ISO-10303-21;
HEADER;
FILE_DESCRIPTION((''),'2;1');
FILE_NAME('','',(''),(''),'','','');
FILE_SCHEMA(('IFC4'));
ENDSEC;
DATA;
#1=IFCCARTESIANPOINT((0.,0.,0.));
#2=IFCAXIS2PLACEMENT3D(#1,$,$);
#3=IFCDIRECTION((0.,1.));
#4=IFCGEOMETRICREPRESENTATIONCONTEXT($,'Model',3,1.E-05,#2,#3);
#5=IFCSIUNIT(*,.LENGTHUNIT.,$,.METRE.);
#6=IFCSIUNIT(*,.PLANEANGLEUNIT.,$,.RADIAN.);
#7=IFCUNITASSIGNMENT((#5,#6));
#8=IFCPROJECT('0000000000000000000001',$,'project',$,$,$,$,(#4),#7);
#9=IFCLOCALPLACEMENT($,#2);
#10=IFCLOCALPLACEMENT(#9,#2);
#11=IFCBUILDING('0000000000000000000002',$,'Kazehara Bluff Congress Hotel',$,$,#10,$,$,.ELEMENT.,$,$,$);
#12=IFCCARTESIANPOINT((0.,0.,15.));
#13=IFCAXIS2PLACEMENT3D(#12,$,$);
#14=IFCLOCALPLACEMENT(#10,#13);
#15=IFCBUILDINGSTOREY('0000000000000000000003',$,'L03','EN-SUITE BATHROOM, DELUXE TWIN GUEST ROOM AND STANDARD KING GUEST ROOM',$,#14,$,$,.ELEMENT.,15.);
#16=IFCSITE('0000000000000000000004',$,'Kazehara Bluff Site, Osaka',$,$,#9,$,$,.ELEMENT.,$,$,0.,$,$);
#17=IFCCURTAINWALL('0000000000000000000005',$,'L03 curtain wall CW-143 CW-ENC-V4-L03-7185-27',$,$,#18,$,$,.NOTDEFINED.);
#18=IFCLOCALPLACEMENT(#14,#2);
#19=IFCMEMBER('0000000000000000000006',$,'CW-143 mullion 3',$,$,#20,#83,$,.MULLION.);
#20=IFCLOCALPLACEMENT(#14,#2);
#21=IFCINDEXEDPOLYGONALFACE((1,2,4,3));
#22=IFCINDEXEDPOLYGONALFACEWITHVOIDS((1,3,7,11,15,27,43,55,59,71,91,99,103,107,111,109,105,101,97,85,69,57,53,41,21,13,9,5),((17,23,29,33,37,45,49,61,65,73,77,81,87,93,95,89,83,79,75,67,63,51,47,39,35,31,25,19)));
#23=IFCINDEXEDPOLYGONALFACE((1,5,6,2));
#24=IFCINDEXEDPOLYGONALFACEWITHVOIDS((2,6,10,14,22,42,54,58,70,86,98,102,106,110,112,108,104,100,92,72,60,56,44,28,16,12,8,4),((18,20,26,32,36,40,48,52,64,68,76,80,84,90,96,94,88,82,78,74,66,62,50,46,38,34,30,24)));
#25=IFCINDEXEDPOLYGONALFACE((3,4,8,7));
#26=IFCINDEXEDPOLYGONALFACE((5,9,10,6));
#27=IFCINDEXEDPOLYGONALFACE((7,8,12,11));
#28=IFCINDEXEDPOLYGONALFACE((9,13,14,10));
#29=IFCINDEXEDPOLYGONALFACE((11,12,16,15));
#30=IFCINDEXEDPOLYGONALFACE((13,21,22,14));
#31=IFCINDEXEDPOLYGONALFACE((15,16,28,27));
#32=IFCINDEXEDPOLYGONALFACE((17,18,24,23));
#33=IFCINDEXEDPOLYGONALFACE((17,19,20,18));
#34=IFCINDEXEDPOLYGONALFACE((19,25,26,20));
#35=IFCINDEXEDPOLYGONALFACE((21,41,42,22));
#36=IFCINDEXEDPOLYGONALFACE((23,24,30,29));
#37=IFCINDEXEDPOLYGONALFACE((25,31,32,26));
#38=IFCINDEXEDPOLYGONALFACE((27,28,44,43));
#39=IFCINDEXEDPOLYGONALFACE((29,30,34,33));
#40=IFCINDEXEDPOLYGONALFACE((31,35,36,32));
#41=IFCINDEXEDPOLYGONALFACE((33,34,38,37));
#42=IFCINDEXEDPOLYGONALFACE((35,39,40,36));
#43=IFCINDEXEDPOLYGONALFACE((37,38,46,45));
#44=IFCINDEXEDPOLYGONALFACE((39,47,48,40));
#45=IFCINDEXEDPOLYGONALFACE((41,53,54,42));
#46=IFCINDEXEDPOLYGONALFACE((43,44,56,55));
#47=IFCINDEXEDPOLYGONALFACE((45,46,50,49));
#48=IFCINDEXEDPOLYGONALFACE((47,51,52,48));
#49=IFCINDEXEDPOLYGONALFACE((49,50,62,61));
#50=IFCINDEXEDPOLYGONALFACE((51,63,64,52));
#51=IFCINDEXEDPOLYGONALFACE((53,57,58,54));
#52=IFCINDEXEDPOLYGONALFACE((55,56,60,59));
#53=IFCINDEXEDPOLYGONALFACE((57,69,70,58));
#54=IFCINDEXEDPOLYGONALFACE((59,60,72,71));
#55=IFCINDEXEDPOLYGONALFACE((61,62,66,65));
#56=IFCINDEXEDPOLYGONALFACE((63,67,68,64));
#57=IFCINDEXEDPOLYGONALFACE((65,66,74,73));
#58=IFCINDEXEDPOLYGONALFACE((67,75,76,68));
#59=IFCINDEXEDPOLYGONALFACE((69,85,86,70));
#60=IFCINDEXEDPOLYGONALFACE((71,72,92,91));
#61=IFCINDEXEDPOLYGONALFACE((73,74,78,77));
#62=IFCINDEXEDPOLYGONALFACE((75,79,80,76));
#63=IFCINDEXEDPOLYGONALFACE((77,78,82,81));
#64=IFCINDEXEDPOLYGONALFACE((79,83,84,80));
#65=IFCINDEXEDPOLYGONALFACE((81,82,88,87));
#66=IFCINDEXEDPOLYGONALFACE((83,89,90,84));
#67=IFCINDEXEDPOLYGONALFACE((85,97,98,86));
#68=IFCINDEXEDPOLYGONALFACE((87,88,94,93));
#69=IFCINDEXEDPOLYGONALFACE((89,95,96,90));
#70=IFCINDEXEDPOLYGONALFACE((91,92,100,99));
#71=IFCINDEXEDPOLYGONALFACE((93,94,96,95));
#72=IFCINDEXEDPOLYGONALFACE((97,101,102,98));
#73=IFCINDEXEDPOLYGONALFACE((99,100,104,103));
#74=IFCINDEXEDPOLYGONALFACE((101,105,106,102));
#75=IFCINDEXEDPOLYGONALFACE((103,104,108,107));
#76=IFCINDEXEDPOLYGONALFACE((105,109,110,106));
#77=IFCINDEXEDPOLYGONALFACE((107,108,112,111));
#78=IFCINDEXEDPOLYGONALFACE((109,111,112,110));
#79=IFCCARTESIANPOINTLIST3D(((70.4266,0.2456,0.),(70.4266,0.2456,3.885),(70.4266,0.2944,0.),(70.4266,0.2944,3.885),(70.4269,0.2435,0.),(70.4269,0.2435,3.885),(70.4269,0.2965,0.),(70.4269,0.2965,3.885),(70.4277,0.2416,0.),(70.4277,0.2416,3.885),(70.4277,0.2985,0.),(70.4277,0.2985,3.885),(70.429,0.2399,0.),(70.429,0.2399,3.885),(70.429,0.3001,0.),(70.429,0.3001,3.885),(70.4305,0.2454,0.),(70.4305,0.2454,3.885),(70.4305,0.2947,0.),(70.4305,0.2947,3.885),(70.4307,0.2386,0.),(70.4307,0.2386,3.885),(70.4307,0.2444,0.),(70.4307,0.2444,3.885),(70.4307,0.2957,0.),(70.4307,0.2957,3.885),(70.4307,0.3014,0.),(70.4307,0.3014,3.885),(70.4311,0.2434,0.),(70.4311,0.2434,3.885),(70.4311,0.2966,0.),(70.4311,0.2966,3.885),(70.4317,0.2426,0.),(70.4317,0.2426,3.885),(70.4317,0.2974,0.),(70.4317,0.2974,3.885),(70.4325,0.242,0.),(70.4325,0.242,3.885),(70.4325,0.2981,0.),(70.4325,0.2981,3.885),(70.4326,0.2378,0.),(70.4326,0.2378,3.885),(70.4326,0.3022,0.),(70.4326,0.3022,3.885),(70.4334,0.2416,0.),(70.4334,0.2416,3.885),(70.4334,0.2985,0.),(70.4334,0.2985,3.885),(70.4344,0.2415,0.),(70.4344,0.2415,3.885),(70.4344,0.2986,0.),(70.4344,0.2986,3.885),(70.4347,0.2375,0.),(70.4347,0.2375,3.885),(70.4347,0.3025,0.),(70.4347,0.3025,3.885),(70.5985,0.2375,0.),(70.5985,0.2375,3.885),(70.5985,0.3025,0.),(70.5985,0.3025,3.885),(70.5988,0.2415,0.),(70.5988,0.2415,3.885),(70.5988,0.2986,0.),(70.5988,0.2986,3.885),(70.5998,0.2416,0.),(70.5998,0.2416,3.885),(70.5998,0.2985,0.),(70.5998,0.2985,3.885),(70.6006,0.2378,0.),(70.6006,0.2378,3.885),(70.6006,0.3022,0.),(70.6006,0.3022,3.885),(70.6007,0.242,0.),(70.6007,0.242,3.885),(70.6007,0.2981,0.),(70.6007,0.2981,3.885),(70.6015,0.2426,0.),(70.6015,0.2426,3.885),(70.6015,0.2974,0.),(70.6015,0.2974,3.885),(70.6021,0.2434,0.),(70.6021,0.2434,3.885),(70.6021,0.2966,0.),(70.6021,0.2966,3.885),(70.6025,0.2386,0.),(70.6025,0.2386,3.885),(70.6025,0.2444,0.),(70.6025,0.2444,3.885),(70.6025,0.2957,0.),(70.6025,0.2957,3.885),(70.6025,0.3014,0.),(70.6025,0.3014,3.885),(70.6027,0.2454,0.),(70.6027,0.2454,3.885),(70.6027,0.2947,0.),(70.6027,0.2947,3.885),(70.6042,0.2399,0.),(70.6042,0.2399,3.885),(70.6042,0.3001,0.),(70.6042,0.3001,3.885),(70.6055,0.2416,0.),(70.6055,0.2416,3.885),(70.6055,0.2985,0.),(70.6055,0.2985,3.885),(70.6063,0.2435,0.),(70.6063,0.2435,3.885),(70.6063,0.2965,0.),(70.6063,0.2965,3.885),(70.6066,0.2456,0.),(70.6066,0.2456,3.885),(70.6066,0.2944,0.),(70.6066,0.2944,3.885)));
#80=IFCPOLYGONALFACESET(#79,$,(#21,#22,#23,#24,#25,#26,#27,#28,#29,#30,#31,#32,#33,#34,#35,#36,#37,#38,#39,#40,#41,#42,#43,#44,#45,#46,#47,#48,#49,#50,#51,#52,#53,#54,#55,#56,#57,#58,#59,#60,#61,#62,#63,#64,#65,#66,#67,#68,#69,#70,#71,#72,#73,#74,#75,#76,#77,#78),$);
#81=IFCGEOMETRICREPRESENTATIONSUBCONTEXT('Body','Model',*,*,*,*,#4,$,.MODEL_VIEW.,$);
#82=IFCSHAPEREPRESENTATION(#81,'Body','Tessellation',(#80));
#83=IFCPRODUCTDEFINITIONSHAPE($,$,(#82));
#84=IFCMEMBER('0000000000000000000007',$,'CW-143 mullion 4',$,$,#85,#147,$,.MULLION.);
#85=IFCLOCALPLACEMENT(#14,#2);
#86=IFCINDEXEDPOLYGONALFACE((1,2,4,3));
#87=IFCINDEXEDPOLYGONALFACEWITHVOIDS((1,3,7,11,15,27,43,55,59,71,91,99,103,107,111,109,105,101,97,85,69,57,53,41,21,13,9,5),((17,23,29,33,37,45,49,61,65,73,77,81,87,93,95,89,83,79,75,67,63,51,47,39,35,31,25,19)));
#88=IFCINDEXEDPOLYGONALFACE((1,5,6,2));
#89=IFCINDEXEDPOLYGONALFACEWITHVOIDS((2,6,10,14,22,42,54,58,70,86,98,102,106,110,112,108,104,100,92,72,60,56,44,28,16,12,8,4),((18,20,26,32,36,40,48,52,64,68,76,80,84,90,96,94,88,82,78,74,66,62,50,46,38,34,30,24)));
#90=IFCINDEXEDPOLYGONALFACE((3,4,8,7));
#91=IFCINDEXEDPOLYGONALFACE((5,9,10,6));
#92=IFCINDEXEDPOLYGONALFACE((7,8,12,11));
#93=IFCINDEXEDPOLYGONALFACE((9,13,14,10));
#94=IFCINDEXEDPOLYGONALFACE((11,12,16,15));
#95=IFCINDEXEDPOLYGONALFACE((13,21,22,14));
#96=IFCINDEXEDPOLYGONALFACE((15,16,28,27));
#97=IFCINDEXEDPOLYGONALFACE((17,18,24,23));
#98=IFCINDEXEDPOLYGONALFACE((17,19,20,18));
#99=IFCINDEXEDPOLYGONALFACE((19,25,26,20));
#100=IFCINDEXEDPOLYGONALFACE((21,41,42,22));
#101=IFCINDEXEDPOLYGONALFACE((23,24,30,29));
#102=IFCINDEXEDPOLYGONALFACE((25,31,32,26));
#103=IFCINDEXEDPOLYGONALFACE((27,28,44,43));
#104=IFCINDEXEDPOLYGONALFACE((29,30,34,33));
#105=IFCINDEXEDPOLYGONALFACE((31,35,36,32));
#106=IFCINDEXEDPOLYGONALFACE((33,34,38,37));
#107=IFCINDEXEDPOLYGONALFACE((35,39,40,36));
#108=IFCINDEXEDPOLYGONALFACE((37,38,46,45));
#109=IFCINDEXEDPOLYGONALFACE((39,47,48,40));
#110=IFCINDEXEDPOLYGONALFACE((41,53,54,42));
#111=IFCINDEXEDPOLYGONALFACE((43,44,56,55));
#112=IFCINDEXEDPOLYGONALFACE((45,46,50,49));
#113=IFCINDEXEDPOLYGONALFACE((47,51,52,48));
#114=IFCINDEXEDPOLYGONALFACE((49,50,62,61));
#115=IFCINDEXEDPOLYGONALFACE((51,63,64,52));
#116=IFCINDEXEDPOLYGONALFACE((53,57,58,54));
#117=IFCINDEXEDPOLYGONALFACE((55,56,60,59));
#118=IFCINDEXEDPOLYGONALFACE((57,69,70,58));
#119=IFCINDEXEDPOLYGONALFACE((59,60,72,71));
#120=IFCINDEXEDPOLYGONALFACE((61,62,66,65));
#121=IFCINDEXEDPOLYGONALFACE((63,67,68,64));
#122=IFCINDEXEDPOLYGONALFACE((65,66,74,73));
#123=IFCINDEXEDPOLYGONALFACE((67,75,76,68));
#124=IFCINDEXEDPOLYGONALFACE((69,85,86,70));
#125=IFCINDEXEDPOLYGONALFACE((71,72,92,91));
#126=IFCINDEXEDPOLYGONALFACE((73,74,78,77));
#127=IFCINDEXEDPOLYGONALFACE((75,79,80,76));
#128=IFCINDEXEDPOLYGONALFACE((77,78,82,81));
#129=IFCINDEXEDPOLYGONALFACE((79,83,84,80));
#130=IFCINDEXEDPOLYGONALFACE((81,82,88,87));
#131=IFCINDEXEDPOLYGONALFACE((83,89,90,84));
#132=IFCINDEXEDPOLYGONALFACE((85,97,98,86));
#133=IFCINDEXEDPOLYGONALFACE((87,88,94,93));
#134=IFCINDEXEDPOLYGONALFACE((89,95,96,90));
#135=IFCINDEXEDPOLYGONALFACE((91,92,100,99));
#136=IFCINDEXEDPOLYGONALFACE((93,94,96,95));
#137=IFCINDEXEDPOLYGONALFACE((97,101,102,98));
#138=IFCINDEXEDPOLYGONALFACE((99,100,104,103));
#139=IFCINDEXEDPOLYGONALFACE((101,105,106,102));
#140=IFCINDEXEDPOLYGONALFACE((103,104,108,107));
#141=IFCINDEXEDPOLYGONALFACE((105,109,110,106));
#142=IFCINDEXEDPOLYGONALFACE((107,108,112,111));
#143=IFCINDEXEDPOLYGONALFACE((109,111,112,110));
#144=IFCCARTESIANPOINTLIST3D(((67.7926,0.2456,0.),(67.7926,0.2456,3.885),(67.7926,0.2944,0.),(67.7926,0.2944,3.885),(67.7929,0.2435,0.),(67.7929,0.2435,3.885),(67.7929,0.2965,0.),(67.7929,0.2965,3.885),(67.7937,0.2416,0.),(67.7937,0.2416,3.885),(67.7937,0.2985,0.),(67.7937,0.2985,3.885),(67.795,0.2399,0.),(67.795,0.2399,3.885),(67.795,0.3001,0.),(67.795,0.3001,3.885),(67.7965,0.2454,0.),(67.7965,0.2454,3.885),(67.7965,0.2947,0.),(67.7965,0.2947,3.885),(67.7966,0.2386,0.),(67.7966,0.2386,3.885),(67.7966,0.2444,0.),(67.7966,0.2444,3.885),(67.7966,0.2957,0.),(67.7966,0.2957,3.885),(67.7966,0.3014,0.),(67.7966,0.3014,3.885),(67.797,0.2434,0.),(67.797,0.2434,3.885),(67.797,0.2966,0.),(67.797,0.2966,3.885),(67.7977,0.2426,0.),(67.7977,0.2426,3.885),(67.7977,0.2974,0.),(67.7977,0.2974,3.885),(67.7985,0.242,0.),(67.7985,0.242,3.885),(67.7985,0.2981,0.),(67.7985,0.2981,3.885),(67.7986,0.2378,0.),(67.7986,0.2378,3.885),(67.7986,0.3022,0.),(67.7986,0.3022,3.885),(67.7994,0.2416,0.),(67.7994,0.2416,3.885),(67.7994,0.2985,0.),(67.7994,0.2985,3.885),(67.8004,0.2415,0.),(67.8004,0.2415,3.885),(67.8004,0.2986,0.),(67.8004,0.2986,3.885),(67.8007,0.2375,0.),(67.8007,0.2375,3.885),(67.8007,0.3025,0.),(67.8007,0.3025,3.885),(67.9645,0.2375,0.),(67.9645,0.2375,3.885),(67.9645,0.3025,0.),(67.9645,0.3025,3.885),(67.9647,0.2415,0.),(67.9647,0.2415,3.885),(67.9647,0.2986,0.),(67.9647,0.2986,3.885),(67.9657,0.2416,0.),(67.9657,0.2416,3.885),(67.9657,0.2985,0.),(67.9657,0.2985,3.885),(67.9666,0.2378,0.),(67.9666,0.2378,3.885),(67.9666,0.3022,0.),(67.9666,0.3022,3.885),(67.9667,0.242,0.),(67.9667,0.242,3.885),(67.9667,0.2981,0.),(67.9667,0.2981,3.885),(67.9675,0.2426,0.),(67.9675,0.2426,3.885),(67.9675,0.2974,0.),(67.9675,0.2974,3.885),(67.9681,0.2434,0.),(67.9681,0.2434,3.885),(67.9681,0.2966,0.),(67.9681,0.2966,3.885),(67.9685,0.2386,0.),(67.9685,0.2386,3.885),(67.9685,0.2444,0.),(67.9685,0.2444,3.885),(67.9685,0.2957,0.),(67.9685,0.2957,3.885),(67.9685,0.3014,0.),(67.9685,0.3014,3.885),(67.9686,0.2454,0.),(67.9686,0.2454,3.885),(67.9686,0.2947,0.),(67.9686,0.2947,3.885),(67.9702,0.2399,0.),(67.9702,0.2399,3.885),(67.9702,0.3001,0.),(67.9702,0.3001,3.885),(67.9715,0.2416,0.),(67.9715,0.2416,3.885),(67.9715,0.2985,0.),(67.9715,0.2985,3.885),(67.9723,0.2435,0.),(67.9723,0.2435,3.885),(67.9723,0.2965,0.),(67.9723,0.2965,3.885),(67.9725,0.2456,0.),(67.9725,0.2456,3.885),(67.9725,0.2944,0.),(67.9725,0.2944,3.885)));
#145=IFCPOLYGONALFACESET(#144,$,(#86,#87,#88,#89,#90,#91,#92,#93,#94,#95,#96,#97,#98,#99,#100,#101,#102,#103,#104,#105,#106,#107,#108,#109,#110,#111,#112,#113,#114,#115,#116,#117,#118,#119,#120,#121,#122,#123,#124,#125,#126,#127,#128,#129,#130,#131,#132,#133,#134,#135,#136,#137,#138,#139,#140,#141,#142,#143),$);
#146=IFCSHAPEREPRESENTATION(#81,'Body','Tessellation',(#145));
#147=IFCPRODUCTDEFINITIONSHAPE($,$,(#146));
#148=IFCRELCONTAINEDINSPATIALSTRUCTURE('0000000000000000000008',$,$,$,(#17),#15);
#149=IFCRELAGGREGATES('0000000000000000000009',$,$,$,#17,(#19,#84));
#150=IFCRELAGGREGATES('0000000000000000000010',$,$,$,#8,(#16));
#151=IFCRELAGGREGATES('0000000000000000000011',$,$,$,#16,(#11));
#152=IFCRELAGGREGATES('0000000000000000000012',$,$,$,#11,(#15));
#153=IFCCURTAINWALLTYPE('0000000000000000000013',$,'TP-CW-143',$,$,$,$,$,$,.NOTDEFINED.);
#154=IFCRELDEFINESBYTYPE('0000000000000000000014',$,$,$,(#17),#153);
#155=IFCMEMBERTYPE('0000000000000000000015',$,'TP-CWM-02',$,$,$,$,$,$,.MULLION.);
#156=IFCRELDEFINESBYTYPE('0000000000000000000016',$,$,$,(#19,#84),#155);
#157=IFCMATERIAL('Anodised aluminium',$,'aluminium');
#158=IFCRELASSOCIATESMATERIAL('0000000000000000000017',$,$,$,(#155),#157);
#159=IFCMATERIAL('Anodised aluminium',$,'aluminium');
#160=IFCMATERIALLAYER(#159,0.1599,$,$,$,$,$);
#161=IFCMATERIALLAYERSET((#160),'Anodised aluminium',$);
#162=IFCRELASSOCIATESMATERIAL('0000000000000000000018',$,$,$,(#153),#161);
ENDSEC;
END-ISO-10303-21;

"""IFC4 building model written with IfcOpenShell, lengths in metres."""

from ifc_helpers import new_model, si_unit, direction, frame, origin, origin_2d, place, context, subcontext, project, spatial, hollow_rectangle, extrude, material, layer, layer_set, material_profile, profile_set, type_object, element, aggregate, save


model = new_model("IFC4")

# Units and contexts
model_context = context("Model", 3, precision=1e-05, world=origin(), true_north=direction((0.0, 1.0)))
body_context = subcontext(model_context, "Body", "Model", "MODEL_VIEW")
ifc_project = project(units=[si_unit("LENGTHUNIT", "METRE"), si_unit("PLANEANGLEUNIT", "RADIAN")], contexts=[model_context])

# Site, building, storey
site_placement = place(None, origin())
site = spatial("IfcSite", under=ifc_project, at=site_placement, Name="Kazehara Bluff Site, Osaka", CompositionType="ELEMENT", RefElevation=0.0)
building_placement = place(site_placement, origin())
building = spatial("IfcBuilding", under=site, at=building_placement, Name="Kazehara Bluff Congress Hotel", CompositionType="ELEMENT")
storey_placement = place(building_placement, frame((0.0, 0.0, 15.0)))
storey = spatial("IfcBuildingStorey", under=building, at=storey_placement, Name="L03", Description="EN-SUITE BATHROOM, DELUXE TWIN GUEST ROOM AND STANDARD KING GUEST ROOM", CompositionType="ELEMENT", Elevation=15.0)

# Shared definitions
ifc_material_1 = material(Name="Anodised aluminium", Category="aluminium")
ifc_material_profile_1 = material_profile(ifc_material_1, hollow_rectangle(XDim=0.0649, YDim=0.1799, WallThickness=0.0039, InnerFilletRadius=0.0039, OuterFilletRadius=0.0081, at=origin_2d()))
ifc_profile_set_1 = profile_set([ifc_material_profile_1], Name="Anodised aluminium")
member_type_1 = type_object("IfcMemberType", Name="TP-CWM-02", PredefinedType="MULLION", material=ifc_profile_set_1)

# Curtain wall, members
ifc_material_2 = material(Name="Anodised aluminium", Category="aluminium")
ifc_layer_1 = layer(ifc_material_2, 0.1599)
ifc_layer_set_1 = layer_set([ifc_layer_1], Name="Anodised aluminium")
curtain_wall_type_1 = type_object("IfcCurtainWallType", Name="TP-CW-143", PredefinedType="NOTDEFINED", material=ifc_layer_set_1)
curtain_wall_1_placement = place(storey_placement, origin())
curtain_wall_1 = element("IfcCurtainWall", 1, at=curtain_wall_1_placement, inside=storey, type_object=curtain_wall_type_1, Name="L03 curtain wall CW-143 CW-ENC-V4-L03-7185-27", PredefinedType="NOTDEFINED")
member_1_placement = place(storey_placement, frame((70.5166, 0.27, 0.0), z_axis=(0.0, 0.0, 1.0), x_axis=(0.0, -1.0, 0.0)))
member_1 = element("IfcMember", 2, at=member_1_placement, type_object=member_type_1, Name="CW-143 mullion 3", PredefinedType="MULLION", context=body_context, shape_type="SweptSolid", body=[
    extrude(hollow_rectangle(XDim=0.0649, YDim=0.1799, WallThickness=0.0039, InnerFilletRadius=0.0039, OuterFilletRadius=0.0081, at=origin_2d()), origin(), (0.0, 0.0, 1.0), 3.885),
])
member_2_placement = place(storey_placement, frame((67.8826, 0.27, 0.0), z_axis=(0.0, 0.0, 1.0), x_axis=(0.0, -1.0, 0.0)))
member_2 = element("IfcMember", 3, at=member_2_placement, type_object=member_type_1, Name="CW-143 mullion 4", PredefinedType="MULLION", context=body_context, shape_type="SweptSolid", body=[
    extrude(hollow_rectangle(XDim=0.0649, YDim=0.1799, WallThickness=0.0039, InnerFilletRadius=0.0039, OuterFilletRadius=0.0081, at=origin_2d()), origin(), (0.0, 0.0, 1.0), 3.885),
])

aggregate(curtain_wall_1, [member_1, member_2])

save(model, "model.ifc")
